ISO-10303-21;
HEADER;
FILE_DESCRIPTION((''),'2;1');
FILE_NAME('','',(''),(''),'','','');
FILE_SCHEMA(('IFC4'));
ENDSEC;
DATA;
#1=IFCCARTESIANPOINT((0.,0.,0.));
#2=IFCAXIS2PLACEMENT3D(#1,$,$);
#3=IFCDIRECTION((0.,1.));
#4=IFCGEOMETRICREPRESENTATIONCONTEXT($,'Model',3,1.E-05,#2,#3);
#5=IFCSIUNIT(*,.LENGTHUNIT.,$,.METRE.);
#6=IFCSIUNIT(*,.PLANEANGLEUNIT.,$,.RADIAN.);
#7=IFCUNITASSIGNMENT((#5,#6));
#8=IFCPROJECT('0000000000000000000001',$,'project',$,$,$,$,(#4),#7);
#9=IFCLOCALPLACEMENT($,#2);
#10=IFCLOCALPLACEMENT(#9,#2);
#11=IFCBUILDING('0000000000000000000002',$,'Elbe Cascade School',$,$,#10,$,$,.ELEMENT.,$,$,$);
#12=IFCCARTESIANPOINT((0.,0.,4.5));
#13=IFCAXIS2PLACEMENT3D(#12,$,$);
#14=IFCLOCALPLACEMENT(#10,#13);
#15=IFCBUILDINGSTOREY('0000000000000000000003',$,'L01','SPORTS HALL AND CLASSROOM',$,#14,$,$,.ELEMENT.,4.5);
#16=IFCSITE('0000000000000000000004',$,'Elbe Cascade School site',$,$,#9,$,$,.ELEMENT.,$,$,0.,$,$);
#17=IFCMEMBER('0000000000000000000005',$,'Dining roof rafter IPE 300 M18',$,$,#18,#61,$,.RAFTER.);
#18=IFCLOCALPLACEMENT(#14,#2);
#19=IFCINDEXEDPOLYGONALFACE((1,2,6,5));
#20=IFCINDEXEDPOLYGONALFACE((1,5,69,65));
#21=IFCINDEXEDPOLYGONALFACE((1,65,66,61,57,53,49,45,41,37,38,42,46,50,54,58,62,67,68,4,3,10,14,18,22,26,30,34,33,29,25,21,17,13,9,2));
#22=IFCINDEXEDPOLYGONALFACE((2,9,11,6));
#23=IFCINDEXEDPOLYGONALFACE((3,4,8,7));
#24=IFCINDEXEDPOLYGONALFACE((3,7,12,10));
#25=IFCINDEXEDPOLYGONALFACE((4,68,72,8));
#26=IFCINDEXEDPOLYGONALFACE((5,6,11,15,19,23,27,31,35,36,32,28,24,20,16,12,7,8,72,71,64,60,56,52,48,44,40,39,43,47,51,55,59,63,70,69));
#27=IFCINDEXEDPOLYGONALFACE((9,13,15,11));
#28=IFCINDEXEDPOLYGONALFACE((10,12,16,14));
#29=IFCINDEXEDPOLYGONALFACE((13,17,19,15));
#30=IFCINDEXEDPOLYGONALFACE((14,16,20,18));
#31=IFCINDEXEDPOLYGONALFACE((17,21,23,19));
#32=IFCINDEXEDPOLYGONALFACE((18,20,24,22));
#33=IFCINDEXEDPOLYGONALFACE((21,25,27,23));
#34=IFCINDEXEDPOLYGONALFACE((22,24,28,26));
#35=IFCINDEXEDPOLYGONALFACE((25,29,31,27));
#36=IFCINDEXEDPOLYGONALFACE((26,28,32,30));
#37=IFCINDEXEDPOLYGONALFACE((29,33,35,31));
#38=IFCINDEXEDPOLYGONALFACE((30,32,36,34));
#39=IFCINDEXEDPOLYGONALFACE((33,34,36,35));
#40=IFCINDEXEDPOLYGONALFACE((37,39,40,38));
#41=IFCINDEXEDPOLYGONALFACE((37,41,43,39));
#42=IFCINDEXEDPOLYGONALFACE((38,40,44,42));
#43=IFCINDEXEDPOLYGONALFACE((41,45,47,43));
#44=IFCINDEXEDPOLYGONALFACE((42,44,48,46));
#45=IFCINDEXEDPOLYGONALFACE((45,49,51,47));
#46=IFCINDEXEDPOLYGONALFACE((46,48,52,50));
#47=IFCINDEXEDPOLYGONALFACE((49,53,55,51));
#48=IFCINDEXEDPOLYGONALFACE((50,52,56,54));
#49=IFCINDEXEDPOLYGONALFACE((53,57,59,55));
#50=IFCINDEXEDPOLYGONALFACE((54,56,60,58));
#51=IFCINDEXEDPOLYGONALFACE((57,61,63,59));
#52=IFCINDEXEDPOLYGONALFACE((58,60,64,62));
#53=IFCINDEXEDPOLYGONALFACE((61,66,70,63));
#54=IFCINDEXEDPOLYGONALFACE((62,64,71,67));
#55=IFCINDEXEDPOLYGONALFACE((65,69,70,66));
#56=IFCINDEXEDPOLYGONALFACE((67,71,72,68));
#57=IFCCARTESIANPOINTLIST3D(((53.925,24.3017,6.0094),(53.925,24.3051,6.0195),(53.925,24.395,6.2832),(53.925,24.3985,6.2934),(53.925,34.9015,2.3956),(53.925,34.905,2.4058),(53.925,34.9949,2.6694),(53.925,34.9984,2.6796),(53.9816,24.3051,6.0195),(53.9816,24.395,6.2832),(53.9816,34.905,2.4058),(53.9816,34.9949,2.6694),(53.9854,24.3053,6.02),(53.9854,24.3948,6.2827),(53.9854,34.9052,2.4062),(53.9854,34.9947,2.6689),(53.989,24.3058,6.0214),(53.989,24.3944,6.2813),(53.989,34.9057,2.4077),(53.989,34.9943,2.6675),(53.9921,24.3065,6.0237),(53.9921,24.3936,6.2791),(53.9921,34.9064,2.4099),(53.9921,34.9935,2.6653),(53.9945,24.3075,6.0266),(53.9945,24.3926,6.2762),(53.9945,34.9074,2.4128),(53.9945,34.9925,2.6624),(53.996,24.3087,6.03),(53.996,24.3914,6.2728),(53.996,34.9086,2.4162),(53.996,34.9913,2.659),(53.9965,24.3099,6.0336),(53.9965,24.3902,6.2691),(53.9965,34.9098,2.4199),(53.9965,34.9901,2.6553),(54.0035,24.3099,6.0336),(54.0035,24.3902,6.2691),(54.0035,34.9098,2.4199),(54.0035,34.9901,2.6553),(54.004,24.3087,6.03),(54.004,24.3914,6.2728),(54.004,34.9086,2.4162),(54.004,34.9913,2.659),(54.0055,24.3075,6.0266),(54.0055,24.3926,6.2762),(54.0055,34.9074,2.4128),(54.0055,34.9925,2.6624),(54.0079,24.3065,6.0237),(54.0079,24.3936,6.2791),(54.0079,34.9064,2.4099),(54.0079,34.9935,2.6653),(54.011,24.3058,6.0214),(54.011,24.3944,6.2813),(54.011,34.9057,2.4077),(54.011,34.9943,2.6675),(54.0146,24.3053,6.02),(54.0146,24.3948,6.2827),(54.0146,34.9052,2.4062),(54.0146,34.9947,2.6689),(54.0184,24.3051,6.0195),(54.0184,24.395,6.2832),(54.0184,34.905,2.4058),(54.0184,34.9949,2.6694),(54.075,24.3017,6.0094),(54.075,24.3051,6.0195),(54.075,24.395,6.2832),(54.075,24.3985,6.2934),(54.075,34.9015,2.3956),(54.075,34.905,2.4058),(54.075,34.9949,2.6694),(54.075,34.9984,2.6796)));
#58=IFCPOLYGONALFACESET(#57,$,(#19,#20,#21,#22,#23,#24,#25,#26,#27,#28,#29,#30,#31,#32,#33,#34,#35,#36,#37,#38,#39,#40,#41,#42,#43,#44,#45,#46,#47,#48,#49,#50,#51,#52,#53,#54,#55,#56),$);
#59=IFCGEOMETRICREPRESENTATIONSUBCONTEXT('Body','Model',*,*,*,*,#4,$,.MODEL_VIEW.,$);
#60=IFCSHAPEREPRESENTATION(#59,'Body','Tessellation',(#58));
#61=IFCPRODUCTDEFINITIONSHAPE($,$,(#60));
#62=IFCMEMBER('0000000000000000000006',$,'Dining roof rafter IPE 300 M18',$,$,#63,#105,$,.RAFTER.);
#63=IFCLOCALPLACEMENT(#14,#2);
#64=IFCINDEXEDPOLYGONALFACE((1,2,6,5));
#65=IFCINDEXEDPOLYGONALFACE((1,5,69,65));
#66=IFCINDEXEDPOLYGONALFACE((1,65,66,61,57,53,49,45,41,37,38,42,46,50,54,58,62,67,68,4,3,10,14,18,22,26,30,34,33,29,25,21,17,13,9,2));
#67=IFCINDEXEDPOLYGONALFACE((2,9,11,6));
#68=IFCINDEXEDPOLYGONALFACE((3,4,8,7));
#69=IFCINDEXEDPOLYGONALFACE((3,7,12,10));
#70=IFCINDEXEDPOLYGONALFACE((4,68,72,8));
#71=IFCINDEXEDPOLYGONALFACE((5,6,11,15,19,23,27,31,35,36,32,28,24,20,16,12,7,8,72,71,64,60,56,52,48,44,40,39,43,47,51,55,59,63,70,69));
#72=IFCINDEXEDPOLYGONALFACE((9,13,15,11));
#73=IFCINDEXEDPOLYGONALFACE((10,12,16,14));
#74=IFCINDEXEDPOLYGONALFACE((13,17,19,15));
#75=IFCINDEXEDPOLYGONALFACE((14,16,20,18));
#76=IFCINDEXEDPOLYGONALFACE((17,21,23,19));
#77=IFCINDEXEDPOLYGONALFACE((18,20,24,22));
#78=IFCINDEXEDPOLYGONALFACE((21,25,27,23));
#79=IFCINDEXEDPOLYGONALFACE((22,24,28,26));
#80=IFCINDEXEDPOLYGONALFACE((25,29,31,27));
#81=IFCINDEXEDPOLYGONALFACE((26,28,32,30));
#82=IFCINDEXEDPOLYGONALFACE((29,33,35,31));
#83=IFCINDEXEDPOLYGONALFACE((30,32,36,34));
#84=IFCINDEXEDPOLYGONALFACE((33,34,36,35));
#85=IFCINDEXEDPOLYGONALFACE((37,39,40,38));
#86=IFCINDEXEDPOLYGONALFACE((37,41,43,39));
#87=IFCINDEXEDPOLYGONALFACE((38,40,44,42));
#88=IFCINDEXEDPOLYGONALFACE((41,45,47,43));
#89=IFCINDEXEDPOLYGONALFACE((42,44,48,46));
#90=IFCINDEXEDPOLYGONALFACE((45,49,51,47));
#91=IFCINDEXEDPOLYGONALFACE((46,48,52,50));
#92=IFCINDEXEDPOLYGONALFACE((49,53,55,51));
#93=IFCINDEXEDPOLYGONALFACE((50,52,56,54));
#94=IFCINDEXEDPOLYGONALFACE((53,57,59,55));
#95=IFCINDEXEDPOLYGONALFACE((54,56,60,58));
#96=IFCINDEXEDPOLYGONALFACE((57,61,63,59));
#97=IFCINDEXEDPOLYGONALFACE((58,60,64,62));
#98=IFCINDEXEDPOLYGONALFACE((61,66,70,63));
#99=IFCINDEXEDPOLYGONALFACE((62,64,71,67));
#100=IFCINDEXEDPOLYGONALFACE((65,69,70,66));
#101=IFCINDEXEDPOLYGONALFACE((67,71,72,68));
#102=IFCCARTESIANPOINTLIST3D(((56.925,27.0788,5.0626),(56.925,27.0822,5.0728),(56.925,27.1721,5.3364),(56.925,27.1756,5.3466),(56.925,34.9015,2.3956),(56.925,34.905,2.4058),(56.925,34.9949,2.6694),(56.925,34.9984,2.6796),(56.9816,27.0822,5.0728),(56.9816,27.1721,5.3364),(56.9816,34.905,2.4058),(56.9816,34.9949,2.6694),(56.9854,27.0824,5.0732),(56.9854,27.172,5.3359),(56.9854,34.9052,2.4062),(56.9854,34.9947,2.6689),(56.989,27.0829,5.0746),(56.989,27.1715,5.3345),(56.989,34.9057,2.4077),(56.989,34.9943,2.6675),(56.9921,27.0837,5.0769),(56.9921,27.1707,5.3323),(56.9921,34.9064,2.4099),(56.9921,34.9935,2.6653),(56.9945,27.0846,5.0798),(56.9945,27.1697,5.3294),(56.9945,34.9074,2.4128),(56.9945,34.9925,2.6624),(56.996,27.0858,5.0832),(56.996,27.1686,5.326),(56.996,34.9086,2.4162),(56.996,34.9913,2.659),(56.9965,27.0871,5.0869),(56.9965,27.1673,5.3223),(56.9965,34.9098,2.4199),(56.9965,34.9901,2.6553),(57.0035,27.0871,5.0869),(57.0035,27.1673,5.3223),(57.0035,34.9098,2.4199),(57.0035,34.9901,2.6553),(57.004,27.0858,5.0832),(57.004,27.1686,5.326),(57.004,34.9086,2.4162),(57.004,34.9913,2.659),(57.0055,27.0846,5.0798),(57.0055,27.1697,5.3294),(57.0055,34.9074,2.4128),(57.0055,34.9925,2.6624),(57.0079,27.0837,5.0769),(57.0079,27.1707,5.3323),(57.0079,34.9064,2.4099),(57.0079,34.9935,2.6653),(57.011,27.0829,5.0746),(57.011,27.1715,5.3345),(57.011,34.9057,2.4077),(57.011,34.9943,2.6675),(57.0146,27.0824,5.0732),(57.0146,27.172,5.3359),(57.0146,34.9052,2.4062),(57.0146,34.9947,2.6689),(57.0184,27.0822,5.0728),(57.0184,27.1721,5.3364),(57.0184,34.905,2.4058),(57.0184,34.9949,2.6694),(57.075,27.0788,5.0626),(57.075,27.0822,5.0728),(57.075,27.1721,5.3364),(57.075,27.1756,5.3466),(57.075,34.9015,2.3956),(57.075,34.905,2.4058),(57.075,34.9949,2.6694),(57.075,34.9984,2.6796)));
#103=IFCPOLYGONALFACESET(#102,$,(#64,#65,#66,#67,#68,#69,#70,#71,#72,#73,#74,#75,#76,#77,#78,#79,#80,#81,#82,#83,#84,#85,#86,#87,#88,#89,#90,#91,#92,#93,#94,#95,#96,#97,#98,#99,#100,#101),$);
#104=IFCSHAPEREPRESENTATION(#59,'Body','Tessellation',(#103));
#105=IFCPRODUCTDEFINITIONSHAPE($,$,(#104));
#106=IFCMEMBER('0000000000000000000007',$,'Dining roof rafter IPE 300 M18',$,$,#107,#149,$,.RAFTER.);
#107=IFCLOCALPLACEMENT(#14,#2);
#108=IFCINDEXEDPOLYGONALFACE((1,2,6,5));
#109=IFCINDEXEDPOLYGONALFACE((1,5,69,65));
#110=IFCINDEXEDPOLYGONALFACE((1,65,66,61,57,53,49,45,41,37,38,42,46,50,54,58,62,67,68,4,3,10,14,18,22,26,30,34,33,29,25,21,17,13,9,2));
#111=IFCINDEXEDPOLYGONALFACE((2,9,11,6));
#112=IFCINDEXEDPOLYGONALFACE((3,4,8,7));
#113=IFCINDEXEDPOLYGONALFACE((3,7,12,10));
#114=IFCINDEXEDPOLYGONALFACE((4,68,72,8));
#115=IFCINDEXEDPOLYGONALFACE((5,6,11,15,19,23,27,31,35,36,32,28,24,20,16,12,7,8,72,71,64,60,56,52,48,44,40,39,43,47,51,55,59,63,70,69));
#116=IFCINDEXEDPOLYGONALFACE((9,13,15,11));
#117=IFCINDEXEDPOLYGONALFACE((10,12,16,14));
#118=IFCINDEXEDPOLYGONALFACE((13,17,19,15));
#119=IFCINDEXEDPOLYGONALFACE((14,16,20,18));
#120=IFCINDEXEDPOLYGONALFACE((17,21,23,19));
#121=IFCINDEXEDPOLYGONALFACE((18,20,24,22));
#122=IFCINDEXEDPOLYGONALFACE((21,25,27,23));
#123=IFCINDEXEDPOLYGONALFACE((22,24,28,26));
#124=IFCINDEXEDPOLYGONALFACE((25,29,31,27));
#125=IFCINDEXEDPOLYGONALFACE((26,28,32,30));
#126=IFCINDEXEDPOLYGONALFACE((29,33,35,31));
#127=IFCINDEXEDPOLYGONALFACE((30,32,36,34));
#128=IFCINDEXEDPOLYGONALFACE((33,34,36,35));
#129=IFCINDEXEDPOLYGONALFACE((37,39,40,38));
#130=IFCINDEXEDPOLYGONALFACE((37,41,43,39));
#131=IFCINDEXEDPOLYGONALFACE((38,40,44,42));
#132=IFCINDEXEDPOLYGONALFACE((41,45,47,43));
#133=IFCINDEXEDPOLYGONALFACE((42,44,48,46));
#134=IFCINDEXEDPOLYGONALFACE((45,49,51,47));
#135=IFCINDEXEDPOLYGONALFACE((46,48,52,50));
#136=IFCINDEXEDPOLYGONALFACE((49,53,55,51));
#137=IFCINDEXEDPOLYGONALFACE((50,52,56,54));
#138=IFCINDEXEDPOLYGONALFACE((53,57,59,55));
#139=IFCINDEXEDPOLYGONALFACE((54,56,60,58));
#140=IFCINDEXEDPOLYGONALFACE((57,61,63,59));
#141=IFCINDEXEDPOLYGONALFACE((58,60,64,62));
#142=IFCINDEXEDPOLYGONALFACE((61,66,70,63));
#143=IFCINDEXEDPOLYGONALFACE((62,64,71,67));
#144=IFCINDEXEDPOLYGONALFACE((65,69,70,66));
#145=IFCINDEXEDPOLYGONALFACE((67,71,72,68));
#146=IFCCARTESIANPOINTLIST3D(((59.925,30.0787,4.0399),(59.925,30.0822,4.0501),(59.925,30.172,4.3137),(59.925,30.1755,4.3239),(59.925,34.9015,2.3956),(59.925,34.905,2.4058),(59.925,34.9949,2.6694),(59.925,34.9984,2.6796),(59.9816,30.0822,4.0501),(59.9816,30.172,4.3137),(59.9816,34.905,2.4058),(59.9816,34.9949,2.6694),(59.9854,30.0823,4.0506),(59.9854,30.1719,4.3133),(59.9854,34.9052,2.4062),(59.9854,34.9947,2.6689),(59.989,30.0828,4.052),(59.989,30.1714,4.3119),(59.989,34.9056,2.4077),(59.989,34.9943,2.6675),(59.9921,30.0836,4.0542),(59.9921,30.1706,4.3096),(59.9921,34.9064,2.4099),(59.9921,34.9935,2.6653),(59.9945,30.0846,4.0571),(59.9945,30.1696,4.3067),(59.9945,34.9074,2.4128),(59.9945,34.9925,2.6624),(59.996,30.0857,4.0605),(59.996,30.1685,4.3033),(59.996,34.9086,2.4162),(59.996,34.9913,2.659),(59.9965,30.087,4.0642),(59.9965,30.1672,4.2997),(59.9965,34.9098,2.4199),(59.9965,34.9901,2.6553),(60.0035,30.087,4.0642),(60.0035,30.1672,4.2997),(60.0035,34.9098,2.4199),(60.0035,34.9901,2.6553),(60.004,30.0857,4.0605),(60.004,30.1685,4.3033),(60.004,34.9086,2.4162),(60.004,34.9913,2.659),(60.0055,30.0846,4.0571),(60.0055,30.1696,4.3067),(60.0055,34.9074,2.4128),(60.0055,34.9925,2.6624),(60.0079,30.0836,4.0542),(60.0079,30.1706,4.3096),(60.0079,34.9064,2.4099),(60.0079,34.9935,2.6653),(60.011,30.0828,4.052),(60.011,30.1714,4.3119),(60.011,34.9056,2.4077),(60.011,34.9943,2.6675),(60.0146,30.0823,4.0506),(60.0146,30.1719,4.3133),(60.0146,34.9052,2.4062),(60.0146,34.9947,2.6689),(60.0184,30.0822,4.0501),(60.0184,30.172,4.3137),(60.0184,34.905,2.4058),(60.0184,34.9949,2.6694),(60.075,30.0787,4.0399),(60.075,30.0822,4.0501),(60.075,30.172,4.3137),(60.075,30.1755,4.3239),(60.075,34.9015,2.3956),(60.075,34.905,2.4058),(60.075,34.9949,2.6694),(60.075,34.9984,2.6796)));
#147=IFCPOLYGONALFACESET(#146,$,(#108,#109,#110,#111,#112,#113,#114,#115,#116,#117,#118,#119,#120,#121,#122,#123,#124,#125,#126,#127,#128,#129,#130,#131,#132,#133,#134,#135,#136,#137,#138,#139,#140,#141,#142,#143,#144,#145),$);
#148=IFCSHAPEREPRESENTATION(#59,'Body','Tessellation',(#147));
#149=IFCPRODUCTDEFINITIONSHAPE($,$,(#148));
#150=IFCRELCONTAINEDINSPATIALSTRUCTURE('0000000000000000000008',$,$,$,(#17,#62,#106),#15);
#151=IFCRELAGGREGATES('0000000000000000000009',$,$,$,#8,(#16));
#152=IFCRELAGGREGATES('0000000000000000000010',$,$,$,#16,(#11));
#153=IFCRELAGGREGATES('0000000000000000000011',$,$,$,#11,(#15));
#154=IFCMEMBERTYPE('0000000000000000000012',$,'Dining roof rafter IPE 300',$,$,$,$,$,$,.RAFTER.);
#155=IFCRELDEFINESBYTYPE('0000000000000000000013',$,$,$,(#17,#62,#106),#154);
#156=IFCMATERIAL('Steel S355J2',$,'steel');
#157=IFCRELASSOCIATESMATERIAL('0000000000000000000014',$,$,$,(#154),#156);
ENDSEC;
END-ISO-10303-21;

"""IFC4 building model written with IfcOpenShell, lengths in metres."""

from ifc_helpers import new_model, si_unit, direction, frame, origin, origin_2d, place, context, subcontext, project, spatial, i_section, extrude, material, material_profile, profile_set, type_object, element, save


model = new_model("IFC4")

# Units and contexts
model_context = context("Model", 3, precision=1e-05, world=origin(), true_north=direction((0.0, 1.0)))
body_context = subcontext(model_context, "Body", "Model", "MODEL_VIEW")
ifc_project = project(units=[si_unit("LENGTHUNIT", "METRE"), si_unit("PLANEANGLEUNIT", "RADIAN")], contexts=[model_context])

# Site, building, storey
site_placement = place(None, origin())
site = spatial("IfcSite", under=ifc_project, at=site_placement, Name="Elbe Cascade School site", CompositionType="ELEMENT", RefElevation=0.0)
building_placement = place(site_placement, origin())
building = spatial("IfcBuilding", under=site, at=building_placement, Name="Elbe Cascade School", CompositionType="ELEMENT")
storey_placement = place(building_placement, frame((0.0, 0.0, 4.5)))
storey = spatial("IfcBuildingStorey", under=building, at=storey_placement, Name="L01", Description="SPORTS HALL AND CLASSROOM", CompositionType="ELEMENT", Elevation=4.5)

# Members
ifc_material_1 = material(Name="Steel S355J2", Category="steel")
ifc_material_profile_1 = material_profile(ifc_material_1, i_section(OverallWidth=0.1499, OverallDepth=0.3, WebThickness=0.0071, FlangeThickness=0.0107, FilletRadius=0.0149, at=origin_2d()), Name="IPE 300")
ifc_profile_set_1 = profile_set([ifc_material_profile_1], Name="Steel S355J2")
member_type = type_object("IfcMemberType", Name="Dining roof rafter IPE 300", PredefinedType="RAFTER", material=ifc_profile_set_1)
for number, where, z_axis, x_axis, name in (
    (1, (54.0, 34.95, 2.5376), (0.0, -0.946505, 0.322689), (1.0, 0.0, 0.0), "Dining roof rafter IPE 300 M18"),
):
    element("IfcMember", number, at=place(storey_placement, frame(where, z_axis=z_axis, x_axis=x_axis)), inside=storey, type_object=member_type, Name=name, PredefinedType="RAFTER", context=body_context, shape_type="SweptSolid", body=[
        extrude(i_section(OverallWidth=0.1499, OverallDepth=0.3, WebThickness=0.0071, FlangeThickness=0.0107, FilletRadius=0.0149, at=origin_2d()), origin(), (0.0, 0.0, 1.0), 11.199),
    ])
member_1_placement = place(storey_placement, frame((57.0, 34.95, 2.5376), z_axis=(0.0, -0.946505, 0.32269), x_axis=(1.0, 0.0, 0.0)))
element("IfcMember", 2, at=member_1_placement, inside=storey, type_object=member_type, Name="Dining roof rafter IPE 300 M18", PredefinedType="RAFTER", context=body_context, shape_type="SweptSolid", body=[
    extrude(i_section(OverallWidth=0.1499, OverallDepth=0.3, WebThickness=0.0071, FlangeThickness=0.0107, FilletRadius=0.0149, at=origin_2d()), origin(), (0.0, 0.0, 1.0), 8.2649),
])
member_2_placement = place(storey_placement, frame((60.0, 34.95, 2.5376), z_axis=(0.0, -0.9465, 0.322703), x_axis=(1.0, 0.0, 0.0)))
element("IfcMember", 3, at=member_2_placement, inside=storey, type_object=member_type, Name="Dining roof rafter IPE 300 M18", PredefinedType="RAFTER", context=body_context, shape_type="SweptSolid", body=[
    extrude(i_section(OverallWidth=0.1499, OverallDepth=0.3, WebThickness=0.0071, FlangeThickness=0.0107, FilletRadius=0.0149, at=origin_2d()), origin(), (0.0, 0.0, 1.0), 5.0955),
])

save(model, "model.ifc")
